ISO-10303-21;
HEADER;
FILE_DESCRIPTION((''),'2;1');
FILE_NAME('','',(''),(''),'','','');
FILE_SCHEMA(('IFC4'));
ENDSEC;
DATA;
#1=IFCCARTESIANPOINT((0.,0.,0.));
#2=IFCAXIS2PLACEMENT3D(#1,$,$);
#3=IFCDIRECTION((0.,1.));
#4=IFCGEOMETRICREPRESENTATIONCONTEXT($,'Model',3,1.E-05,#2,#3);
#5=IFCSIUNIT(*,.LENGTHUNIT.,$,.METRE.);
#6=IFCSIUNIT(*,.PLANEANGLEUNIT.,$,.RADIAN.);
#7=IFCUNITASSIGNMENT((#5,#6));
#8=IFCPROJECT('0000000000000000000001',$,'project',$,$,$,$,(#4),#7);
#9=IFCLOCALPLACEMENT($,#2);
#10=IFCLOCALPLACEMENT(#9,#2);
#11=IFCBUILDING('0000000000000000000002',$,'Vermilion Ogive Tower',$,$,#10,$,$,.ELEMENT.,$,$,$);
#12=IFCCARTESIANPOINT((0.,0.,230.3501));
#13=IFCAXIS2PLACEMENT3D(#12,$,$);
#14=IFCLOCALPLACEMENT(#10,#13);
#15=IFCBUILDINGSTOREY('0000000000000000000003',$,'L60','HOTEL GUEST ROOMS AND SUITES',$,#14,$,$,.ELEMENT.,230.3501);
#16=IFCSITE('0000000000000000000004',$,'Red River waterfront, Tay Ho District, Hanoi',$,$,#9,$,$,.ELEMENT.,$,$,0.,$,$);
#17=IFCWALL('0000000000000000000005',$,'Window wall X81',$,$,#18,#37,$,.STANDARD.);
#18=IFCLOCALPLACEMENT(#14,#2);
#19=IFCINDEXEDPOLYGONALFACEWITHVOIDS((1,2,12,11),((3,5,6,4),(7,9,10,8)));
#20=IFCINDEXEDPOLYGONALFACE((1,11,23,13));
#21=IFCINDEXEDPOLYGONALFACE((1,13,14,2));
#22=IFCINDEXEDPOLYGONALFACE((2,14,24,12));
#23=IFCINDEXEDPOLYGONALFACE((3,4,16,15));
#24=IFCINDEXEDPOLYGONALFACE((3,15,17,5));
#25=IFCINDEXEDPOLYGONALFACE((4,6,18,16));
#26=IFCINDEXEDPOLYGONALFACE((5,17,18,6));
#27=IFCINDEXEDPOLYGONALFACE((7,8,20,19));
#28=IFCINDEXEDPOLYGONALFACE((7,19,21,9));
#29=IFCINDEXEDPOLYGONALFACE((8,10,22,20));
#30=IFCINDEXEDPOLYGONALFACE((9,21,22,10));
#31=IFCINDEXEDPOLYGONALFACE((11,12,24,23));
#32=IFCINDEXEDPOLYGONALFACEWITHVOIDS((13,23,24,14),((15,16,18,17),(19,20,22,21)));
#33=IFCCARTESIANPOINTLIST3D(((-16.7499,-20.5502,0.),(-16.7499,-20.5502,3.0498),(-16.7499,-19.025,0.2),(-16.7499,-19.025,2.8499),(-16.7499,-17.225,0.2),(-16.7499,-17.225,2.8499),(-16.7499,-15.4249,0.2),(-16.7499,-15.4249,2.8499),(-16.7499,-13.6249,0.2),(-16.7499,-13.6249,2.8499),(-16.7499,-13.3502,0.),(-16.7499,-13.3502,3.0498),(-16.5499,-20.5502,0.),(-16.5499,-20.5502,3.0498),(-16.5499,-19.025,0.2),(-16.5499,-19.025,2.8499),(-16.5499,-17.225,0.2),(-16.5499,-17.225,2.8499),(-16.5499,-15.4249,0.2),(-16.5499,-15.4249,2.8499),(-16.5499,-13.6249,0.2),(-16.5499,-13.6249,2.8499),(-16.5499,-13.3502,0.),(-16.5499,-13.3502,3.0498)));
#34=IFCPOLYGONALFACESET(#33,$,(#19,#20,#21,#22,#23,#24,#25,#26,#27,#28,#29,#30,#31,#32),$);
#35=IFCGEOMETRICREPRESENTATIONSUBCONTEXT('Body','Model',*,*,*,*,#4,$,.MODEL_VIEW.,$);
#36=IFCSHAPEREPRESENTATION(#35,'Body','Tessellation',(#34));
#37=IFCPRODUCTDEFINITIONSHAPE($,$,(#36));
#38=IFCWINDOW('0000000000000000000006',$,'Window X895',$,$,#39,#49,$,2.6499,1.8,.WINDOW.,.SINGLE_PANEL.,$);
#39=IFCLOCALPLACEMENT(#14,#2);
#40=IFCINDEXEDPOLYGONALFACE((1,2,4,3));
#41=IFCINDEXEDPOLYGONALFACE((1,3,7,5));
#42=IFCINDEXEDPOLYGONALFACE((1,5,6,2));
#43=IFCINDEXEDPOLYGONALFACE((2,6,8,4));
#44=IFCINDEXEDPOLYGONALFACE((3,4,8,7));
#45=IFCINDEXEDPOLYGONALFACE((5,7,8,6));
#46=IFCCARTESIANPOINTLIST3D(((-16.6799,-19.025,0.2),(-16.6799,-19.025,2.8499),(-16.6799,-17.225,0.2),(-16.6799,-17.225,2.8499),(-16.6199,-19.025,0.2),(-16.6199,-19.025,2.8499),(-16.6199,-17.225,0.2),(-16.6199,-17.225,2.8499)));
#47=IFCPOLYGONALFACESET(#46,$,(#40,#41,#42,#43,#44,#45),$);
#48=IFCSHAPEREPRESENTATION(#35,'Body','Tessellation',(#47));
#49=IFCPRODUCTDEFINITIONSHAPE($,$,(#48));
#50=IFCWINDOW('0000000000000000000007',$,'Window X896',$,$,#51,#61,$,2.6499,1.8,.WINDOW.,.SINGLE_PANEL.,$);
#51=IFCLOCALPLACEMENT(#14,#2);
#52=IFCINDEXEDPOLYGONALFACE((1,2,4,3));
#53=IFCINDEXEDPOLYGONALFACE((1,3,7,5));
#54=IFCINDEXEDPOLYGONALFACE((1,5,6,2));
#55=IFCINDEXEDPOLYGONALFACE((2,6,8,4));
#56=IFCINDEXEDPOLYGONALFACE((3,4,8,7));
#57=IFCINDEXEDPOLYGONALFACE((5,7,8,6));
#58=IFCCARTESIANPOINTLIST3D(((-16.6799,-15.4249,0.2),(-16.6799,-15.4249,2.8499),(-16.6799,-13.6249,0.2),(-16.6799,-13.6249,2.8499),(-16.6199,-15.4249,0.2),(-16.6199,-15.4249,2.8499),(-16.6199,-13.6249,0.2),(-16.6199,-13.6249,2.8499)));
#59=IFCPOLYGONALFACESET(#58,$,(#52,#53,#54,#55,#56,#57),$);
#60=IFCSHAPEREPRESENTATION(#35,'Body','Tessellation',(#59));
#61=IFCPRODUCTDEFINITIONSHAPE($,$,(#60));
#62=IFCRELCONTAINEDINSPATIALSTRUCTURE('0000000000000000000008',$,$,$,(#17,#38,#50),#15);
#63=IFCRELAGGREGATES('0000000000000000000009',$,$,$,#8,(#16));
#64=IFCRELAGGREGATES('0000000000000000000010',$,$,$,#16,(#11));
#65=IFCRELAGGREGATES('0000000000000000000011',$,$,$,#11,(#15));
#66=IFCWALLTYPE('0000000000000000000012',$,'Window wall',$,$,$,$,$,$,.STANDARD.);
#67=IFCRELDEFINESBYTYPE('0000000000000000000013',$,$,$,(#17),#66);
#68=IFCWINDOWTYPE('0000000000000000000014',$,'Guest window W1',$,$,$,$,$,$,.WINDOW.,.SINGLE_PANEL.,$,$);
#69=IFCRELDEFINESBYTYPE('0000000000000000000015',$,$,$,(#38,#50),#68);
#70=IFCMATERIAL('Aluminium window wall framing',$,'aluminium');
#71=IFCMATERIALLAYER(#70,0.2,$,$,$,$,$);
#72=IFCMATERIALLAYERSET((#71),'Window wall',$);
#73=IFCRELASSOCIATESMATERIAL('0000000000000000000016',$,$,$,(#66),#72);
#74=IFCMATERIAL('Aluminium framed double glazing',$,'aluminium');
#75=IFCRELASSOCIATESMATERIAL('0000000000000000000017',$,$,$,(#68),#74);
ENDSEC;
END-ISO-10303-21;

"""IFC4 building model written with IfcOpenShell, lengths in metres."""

from ifc_helpers import new_model, si_unit, direction, frame, frame_2d, origin, place, context, subcontext, project, spatial, rectangle, extrude, material, layer, layer_set, type_object, element, fill, save


model = new_model("IFC4")

# Units and contexts
model_context = context("Model", 3, precision=1e-05, world=origin(), true_north=direction((0.0, 1.0)))
body_context = subcontext(model_context, "Body", "Model", "MODEL_VIEW")
ifc_project = project(units=[si_unit("LENGTHUNIT", "METRE"), si_unit("PLANEANGLEUNIT", "RADIAN")], contexts=[model_context])

# Site, building, storey
site_placement = place(None, origin())
site = spatial("IfcSite", under=ifc_project, at=site_placement, Name="Red River waterfront, Tay Ho District, Hanoi", CompositionType="ELEMENT", RefElevation=0.0)
building_placement = place(site_placement, origin())
building = spatial("IfcBuilding", under=site, at=building_placement, Name="Vermilion Ogive Tower", CompositionType="ELEMENT")
storey_placement = place(building_placement, frame((0.0, 0.0, 230.3501)))
storey = spatial("IfcBuildingStorey", under=building, at=storey_placement, Name="L60", Description="HOTEL GUEST ROOMS AND SUITES", CompositionType="ELEMENT", Elevation=230.3501)

# Shared definitions
ifc_material_1 = material(Name="Aluminium window wall framing", Category="aluminium")
ifc_layer_1 = layer(ifc_material_1, 0.2)
ifc_layer_set_1 = layer_set([ifc_layer_1], Name="Window wall")
wall_type_1 = type_object("IfcWallType", Name="Window wall", PredefinedType="STANDARD", material=ifc_layer_set_1)

# Wall, openings, windows
wall_1_placement = place(storey_placement, frame((-16.6499, -13.3501, 0.0), z_axis=(0.0, 0.0, 1.0), x_axis=(0.0, -1.0, 0.0)))
wall_1 = element("IfcWall", 1, at=wall_1_placement, inside=storey, type_object=wall_type_1, Name="Window wall X81", PredefinedType="STANDARD", context=body_context, shape_type="SweptSolid", body=[
    extrude(rectangle(XDim=7.2, YDim=0.2, at=frame_2d((3.6001, 0.0))), origin(), (0.0, 0.0, 1.0), 3.0498),
])
opening_1_placement = place(wall_1_placement, frame((3.875, 0.0, 0.2)))
opening_1 = element("IfcOpeningElement", 2, at=opening_1_placement, cuts=wall_1, PredefinedType="OPENING", context=body_context, shape_type="SweptSolid", body=[
    extrude(rectangle(XDim=1.8, YDim=2.6499, at=frame_2d((0.8999, 1.325))), frame((0.0, 0.1099, 0.0), z_axis=(0.0, -1.0, 0.0), x_axis=(1.0, 0.0, 0.0)), (0.0, 0.0, 1.0), 0.22),
])
opening_2_placement = place(wall_1_placement, frame((0.2749, 0.0, 0.2)))
opening_2 = element("IfcOpeningElement", 3, at=opening_2_placement, cuts=wall_1, PredefinedType="OPENING", context=body_context, shape_type="SweptSolid", body=[
    extrude(rectangle(XDim=1.8, YDim=2.6499, at=frame_2d((0.8999, 1.325))), frame((0.0, 0.1099, 0.0), z_axis=(0.0, -1.0, 0.0), x_axis=(1.0, 0.0, 0.0)), (0.0, 0.0, 1.0), 0.22),
])
ifc_material_2 = material(Name="Aluminium framed double glazing", Category="aluminium")
window_type = type_object("IfcWindowType", Name="Guest window W1", PartitioningType="SINGLE_PANEL", PredefinedType="WINDOW", material=ifc_material_2)
window_1_placement = place(opening_1_placement, origin())
window_1 = element("IfcWindow", 4, at=window_1_placement, inside=storey, type_object=window_type, Name="Window X895", OverallHeight=2.6499, OverallWidth=1.8, PartitioningType="SINGLE_PANEL", PredefinedType="WINDOW", context=body_context, shape_type="SweptSolid", body=[
    extrude(rectangle(XDim=1.8, YDim=2.6499, at=frame_2d((0.8999, 1.325))), frame((0.0, 0.03, 0.0), z_axis=(0.0, -1.0, 0.0), x_axis=(1.0, 0.0, 0.0)), (0.0, 0.0, 1.0), 0.0601),
])
fill(opening_1, window_1)
window_2_placement = place(opening_2_placement, origin())
window_2 = element("IfcWindow", 5, at=window_2_placement, inside=storey, type_object=window_type, Name="Window X896", OverallHeight=2.6499, OverallWidth=1.8, PartitioningType="SINGLE_PANEL", PredefinedType="WINDOW", context=body_context, shape_type="SweptSolid", body=[
    extrude(rectangle(XDim=1.8, YDim=2.6499, at=frame_2d((0.8999, 1.325))), frame((0.0, 0.03, 0.0), z_axis=(0.0, -1.0, 0.0), x_axis=(1.0, 0.0, 0.0)), (0.0, 0.0, 1.0), 0.0601),
])
fill(opening_2, window_2)

save(model, "model.ifc")
